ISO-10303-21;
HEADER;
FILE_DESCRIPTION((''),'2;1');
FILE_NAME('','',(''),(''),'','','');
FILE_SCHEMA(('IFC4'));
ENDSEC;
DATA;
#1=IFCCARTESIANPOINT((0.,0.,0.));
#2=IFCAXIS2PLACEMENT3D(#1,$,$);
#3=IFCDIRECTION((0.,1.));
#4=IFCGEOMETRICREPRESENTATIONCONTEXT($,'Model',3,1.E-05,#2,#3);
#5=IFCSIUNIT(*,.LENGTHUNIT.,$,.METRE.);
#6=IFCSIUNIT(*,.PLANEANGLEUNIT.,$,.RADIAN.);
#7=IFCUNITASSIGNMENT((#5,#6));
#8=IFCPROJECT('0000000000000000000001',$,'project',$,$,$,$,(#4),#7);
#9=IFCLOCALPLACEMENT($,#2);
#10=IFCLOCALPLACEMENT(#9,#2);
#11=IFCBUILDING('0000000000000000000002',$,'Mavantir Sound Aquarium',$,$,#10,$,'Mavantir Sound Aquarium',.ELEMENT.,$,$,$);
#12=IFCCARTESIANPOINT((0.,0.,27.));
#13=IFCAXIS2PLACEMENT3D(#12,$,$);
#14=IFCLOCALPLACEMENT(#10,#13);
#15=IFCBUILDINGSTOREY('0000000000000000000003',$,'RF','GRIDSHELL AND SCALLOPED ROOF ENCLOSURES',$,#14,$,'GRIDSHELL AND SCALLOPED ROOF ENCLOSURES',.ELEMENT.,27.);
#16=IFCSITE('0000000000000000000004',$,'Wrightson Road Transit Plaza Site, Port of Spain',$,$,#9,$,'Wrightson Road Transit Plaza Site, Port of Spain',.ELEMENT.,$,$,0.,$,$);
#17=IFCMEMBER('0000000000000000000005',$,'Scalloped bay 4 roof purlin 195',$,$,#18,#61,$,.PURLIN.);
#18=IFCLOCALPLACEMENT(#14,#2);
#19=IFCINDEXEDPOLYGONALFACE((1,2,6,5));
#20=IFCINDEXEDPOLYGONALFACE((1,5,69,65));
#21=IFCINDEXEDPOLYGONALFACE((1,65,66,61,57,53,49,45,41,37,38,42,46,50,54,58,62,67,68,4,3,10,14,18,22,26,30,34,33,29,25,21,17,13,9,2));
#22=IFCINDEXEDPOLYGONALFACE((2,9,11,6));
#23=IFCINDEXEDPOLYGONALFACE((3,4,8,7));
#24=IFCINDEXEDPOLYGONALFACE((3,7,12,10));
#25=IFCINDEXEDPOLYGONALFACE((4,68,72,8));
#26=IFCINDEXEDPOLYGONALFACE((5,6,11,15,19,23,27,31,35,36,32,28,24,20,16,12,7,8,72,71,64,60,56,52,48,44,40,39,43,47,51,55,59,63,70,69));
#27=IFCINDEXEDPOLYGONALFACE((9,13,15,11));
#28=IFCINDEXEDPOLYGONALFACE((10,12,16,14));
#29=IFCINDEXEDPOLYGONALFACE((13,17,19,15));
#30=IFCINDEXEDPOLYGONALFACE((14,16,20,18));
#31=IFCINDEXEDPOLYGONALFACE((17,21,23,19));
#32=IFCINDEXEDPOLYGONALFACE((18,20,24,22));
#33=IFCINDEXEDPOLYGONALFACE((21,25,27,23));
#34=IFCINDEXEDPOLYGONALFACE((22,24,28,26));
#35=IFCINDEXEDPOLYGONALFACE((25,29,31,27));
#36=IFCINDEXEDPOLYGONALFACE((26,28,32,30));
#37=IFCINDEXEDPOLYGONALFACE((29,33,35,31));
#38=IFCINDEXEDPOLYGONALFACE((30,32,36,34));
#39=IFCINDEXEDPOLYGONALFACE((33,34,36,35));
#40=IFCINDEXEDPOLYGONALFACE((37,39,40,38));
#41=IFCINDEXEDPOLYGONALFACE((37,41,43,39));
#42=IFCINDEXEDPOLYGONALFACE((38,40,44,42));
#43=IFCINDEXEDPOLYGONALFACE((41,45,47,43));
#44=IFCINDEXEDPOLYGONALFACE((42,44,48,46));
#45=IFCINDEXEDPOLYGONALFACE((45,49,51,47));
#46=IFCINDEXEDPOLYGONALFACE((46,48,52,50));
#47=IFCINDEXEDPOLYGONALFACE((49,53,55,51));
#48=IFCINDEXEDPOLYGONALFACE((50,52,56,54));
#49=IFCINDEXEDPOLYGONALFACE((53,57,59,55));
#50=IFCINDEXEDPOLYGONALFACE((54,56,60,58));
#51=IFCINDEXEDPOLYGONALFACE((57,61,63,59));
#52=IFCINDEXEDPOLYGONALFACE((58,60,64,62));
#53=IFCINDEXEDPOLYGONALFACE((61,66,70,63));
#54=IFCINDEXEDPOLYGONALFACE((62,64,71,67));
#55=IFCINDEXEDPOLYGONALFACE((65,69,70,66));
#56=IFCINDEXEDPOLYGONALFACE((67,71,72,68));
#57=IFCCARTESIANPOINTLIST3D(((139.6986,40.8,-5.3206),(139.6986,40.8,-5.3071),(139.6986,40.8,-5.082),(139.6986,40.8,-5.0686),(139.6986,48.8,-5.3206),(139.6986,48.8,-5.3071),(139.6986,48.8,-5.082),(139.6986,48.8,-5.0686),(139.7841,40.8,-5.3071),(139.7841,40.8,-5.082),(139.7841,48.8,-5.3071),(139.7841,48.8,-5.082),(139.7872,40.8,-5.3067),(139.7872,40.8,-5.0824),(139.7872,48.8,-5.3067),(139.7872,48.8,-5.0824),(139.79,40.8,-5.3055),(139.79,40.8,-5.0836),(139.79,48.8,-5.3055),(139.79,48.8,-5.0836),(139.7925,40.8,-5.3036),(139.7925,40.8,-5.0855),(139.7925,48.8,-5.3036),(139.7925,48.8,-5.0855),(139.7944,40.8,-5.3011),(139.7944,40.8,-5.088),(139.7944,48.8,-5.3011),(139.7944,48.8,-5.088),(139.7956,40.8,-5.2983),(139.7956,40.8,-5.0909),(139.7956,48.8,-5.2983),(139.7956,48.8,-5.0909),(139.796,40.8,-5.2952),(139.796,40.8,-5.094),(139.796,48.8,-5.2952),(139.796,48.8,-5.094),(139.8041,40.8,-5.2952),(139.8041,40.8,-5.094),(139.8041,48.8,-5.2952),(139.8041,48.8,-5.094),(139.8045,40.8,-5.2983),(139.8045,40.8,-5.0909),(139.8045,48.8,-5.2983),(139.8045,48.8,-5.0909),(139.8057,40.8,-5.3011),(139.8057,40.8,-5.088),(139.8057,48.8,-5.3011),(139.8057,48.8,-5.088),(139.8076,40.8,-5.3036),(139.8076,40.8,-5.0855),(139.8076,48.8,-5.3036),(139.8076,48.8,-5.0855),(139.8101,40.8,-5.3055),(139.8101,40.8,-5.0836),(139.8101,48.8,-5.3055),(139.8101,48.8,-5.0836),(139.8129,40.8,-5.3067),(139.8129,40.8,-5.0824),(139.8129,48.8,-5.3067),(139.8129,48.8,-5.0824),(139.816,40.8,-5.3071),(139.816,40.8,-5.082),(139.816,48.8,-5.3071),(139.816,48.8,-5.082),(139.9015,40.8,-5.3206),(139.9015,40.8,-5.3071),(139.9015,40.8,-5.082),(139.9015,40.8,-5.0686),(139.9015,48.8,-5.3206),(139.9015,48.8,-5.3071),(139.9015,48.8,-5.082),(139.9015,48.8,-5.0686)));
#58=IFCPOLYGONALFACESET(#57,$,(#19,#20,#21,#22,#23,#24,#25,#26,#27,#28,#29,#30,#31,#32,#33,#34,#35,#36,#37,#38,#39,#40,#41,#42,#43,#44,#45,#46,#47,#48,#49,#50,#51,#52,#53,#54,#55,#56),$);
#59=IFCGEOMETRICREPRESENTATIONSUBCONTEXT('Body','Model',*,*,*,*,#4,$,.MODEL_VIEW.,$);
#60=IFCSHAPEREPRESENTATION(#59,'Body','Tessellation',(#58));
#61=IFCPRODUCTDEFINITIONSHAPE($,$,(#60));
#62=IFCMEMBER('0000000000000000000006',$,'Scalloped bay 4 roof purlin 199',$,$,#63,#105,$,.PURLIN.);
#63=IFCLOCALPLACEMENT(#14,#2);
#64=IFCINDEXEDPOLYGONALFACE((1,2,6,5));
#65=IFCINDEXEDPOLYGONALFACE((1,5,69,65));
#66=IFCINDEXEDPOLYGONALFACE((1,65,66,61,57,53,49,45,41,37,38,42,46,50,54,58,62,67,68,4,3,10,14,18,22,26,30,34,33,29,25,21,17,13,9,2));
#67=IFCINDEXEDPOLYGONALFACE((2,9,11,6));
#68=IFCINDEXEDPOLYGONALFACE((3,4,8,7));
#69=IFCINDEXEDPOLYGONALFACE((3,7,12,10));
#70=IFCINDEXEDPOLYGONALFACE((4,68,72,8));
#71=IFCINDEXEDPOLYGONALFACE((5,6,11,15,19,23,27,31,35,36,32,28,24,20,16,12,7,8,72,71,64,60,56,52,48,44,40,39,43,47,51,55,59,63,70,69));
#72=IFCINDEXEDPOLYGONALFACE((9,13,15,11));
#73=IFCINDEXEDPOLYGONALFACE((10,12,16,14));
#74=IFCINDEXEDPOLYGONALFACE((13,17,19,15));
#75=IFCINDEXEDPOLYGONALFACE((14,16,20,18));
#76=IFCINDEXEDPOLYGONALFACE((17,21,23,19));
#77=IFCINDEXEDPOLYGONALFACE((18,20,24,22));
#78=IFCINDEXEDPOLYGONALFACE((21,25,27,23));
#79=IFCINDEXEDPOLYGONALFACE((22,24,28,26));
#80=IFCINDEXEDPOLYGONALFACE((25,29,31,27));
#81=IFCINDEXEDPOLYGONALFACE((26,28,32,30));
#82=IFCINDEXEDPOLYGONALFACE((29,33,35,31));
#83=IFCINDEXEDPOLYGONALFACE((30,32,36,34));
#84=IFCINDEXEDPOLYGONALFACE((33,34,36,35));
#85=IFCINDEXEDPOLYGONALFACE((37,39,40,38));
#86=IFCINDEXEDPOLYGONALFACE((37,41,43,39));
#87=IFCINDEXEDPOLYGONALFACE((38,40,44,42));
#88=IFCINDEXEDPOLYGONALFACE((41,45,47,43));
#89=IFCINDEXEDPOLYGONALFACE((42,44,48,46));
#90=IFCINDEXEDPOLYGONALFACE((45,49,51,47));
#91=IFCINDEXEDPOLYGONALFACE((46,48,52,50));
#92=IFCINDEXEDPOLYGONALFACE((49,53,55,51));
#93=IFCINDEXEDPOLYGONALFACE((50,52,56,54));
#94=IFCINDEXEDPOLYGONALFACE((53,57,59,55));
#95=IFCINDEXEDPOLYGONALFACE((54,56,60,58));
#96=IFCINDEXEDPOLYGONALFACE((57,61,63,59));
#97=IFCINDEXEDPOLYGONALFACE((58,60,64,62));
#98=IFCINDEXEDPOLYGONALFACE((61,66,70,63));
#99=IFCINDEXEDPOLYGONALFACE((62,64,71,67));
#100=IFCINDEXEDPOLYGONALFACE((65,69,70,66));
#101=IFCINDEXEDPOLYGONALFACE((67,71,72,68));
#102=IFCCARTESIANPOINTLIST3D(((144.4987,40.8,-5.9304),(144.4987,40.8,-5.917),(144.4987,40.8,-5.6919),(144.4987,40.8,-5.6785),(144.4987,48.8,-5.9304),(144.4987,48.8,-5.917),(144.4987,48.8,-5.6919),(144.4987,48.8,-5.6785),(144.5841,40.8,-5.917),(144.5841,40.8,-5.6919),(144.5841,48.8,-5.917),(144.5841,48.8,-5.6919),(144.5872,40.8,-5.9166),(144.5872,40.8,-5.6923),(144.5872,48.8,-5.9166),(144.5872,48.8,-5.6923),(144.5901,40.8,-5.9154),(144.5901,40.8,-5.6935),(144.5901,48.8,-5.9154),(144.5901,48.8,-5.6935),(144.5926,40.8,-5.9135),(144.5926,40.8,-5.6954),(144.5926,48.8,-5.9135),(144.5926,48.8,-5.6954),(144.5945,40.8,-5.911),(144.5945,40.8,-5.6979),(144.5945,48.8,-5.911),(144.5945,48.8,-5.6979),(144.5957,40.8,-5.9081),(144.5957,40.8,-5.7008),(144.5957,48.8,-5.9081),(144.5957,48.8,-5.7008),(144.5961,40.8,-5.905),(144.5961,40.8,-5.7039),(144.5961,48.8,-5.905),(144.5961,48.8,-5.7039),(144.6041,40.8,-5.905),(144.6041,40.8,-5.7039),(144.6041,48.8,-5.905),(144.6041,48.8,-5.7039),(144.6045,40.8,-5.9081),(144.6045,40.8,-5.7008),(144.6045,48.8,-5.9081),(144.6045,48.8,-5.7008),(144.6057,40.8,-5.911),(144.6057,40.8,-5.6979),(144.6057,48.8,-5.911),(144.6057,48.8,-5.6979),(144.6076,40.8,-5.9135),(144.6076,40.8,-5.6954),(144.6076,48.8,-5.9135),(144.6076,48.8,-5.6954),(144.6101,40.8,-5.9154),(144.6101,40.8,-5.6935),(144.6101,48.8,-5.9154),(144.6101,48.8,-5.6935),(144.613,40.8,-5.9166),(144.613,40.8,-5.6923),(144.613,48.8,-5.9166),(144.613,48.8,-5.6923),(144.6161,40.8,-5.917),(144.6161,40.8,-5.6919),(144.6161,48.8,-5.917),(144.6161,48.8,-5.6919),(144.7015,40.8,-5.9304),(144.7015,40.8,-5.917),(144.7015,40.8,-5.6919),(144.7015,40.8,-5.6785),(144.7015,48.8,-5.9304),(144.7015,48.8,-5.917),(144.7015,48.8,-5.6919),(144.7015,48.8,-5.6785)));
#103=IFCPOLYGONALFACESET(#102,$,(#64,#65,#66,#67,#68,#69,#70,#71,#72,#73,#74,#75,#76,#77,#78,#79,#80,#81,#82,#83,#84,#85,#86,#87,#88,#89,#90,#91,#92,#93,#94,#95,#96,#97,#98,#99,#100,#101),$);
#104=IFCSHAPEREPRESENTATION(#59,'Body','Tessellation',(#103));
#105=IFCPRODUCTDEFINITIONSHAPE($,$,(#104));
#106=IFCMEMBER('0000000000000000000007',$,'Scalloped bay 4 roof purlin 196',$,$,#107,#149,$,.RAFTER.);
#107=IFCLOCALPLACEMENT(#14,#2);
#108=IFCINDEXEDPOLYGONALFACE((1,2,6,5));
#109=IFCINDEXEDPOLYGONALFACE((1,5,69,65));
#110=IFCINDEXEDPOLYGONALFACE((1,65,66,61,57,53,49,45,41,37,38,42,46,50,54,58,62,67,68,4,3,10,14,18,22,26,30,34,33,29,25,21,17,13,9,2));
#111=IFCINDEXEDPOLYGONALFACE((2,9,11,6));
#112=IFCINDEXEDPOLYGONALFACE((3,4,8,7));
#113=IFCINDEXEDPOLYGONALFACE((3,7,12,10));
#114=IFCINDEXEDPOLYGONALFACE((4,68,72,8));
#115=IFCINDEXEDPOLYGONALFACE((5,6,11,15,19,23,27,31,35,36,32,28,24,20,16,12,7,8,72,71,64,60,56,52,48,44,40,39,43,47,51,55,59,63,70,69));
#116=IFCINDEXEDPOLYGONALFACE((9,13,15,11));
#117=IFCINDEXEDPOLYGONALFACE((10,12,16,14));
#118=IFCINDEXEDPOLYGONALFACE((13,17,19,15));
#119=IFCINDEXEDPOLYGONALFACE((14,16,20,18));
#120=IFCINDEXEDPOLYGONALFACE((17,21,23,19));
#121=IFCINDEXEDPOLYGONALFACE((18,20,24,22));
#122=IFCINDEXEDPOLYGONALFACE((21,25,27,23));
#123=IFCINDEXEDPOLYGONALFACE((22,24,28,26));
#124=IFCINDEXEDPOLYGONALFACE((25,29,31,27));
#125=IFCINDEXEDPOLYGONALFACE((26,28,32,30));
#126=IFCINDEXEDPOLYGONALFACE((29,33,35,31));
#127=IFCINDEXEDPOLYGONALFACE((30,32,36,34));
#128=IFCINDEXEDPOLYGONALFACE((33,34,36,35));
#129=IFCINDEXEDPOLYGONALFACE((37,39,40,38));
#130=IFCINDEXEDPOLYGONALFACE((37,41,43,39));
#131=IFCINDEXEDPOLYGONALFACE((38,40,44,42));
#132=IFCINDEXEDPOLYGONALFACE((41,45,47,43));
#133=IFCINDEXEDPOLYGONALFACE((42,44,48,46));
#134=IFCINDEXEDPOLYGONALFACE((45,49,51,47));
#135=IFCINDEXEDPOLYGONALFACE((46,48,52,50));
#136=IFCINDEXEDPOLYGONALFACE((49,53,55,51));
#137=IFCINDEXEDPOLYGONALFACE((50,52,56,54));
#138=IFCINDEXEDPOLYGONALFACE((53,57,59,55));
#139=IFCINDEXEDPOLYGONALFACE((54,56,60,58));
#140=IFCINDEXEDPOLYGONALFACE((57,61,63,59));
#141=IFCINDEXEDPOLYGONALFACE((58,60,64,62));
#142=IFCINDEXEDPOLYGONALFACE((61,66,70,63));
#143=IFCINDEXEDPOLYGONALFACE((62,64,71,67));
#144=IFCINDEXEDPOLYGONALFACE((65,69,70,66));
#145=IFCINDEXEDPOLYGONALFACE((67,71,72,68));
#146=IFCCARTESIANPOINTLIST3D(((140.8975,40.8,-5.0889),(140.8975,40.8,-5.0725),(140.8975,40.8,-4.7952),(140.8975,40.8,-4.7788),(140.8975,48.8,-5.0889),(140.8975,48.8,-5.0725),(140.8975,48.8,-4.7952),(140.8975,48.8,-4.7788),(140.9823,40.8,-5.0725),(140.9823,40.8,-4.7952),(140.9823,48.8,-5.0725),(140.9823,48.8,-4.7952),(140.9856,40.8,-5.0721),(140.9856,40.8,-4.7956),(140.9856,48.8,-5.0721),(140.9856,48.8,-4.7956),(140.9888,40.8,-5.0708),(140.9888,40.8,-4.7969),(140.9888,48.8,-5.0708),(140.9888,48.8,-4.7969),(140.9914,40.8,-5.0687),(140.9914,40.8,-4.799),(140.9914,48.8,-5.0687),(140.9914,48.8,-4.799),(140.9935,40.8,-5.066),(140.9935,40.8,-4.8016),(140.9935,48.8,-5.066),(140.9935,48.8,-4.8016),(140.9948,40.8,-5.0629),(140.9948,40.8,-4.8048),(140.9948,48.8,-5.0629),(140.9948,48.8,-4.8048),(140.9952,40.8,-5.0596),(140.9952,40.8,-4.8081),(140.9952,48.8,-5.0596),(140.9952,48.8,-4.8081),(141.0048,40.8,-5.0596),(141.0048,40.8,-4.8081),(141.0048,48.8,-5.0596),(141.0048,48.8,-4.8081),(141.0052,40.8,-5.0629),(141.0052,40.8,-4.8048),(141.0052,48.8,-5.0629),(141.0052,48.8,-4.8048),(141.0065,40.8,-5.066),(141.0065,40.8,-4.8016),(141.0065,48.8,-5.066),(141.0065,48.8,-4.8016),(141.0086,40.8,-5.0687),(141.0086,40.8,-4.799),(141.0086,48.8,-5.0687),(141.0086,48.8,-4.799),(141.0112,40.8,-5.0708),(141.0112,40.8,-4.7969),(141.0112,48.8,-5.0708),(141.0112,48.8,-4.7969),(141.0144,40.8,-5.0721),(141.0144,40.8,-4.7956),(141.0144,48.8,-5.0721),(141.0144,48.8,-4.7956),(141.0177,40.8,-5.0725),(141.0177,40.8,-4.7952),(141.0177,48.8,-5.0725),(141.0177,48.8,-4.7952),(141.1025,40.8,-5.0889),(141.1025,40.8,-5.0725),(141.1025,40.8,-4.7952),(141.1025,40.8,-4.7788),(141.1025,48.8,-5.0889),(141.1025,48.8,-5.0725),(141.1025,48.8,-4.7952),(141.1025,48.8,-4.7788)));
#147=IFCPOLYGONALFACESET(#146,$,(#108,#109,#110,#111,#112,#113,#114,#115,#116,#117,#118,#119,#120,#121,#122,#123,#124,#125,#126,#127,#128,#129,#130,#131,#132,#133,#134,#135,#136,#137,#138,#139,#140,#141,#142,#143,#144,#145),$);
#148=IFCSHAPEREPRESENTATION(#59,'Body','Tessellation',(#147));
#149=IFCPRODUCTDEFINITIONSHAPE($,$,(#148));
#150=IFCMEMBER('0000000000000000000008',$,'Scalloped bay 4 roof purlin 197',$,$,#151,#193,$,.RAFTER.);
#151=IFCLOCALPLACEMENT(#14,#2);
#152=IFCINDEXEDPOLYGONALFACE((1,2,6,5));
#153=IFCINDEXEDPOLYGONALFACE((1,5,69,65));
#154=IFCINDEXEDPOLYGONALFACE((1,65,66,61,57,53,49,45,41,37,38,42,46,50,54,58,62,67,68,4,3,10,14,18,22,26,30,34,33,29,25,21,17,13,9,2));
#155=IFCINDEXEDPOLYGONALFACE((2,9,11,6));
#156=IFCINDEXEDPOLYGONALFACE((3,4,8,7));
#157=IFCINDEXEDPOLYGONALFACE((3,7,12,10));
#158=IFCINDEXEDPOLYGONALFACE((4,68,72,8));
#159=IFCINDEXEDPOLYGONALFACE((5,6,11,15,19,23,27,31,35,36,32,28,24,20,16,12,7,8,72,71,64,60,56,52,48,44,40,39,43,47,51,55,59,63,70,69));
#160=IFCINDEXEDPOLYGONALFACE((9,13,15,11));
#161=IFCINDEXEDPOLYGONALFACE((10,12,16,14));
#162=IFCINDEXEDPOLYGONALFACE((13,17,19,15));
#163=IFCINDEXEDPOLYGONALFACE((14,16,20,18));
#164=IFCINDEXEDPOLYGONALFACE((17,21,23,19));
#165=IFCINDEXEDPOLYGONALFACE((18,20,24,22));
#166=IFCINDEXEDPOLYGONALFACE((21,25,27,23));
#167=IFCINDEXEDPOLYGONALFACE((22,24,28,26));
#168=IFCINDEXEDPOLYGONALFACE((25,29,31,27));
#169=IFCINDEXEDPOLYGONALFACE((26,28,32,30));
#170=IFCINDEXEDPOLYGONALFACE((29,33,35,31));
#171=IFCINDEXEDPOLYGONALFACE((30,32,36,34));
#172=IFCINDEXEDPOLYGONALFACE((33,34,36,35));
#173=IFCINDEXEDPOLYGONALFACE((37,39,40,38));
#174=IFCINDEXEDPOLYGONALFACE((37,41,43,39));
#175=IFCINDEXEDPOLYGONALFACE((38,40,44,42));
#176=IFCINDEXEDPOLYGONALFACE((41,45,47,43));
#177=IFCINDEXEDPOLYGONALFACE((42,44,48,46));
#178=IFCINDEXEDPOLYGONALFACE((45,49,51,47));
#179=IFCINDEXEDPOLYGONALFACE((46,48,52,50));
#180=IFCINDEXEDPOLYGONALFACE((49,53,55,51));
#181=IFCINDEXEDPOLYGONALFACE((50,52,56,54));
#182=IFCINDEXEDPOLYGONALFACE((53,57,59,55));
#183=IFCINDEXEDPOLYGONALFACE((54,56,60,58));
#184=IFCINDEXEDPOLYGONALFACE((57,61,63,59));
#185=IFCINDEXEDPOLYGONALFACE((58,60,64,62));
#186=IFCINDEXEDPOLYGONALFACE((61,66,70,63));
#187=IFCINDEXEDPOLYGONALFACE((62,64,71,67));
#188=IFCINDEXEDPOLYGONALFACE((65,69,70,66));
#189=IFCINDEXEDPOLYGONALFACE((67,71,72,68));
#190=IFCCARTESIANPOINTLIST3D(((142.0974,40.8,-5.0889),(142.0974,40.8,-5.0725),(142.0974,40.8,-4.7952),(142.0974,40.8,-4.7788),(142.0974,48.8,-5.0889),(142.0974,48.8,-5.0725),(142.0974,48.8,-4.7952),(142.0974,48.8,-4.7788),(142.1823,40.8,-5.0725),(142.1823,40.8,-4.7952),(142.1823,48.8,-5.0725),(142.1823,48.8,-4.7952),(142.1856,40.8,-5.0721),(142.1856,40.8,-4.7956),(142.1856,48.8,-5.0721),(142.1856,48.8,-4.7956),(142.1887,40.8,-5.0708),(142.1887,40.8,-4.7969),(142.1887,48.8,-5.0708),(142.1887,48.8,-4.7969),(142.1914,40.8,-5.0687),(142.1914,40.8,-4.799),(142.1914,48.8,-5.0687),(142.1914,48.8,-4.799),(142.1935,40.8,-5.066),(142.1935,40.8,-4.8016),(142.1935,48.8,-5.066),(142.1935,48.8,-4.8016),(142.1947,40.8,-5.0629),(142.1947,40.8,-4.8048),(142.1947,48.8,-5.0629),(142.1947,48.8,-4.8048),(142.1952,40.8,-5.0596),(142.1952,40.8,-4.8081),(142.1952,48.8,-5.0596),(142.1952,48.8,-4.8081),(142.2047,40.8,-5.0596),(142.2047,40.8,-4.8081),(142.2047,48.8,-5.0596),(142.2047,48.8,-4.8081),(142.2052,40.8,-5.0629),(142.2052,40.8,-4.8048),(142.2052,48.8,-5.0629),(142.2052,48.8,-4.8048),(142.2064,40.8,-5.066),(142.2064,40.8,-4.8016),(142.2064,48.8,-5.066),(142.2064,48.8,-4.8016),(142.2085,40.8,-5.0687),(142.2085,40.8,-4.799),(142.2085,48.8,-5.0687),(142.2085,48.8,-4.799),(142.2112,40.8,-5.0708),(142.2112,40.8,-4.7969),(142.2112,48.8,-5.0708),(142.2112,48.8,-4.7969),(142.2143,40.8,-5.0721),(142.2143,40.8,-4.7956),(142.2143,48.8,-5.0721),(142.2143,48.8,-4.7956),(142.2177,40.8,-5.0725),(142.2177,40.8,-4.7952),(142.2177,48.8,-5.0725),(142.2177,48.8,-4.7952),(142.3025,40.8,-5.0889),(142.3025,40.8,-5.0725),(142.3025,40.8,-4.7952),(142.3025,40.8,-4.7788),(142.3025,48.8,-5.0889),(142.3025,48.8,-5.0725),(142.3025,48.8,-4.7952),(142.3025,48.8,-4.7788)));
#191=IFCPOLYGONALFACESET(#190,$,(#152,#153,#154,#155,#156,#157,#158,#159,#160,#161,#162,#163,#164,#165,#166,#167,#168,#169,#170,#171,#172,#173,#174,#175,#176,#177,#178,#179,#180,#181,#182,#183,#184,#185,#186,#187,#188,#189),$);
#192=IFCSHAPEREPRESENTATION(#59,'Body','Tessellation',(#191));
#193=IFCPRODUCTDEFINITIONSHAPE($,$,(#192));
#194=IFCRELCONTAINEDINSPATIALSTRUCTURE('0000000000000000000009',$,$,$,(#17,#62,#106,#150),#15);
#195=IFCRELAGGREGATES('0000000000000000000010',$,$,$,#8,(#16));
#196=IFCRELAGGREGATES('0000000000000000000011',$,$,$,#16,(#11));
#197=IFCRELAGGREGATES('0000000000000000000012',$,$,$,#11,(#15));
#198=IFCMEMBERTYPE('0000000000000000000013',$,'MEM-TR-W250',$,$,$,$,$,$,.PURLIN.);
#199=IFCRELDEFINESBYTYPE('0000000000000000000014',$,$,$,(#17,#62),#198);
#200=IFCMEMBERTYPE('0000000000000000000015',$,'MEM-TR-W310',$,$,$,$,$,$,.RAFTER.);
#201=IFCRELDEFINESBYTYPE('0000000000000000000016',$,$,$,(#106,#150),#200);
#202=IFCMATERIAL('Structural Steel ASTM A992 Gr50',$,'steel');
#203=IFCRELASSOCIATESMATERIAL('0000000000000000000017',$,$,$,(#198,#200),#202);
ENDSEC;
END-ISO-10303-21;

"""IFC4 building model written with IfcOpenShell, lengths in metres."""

from ifc_helpers import new_model, si_unit, direction, frame, origin, origin_2d, place, context, subcontext, project, spatial, i_section, extrude, material, material_profile, profile_set, type_object, element, save


model = new_model("IFC4")

# Units and contexts
model_context = context("Model", 3, precision=1e-05, world=origin(), true_north=direction((0.0, 1.0)))
body_context = subcontext(model_context, "Body", "Model", "MODEL_VIEW")
ifc_project = project(units=[si_unit("LENGTHUNIT", "METRE"), si_unit("PLANEANGLEUNIT", "RADIAN")], contexts=[model_context])

# Site, building, storey
site_placement = place(None, origin())
site = spatial("IfcSite", under=ifc_project, at=site_placement, Name="Wrightson Road Transit Plaza Site, Port of Spain", LongName="Wrightson Road Transit Plaza Site, Port of Spain", CompositionType="ELEMENT", RefElevation=0.0)
building_placement = place(site_placement, origin())
building = spatial("IfcBuilding", under=site, at=building_placement, Name="Mavantir Sound Aquarium", LongName="Mavantir Sound Aquarium", CompositionType="ELEMENT")
storey_placement = place(building_placement, frame((0.0, 0.0, 27.0)))
storey = spatial("IfcBuildingStorey", under=building, at=storey_placement, Name="RF", Description="GRIDSHELL AND SCALLOPED ROOF ENCLOSURES", LongName="GRIDSHELL AND SCALLOPED ROOF ENCLOSURES", CompositionType="ELEMENT", Elevation=27.0)

# Shared definitions
ifc_material_1 = material(Name="Structural Steel ASTM A992 Gr50", Category="steel")

# Members
ifc_material_profile_1 = material_profile(ifc_material_1, i_section(OverallWidth=0.2029, OverallDepth=0.252, WebThickness=0.0081, FlangeThickness=0.0134, FilletRadius=0.012, at=origin_2d()), Name="W250X58")
ifc_profile_set_1 = profile_set([ifc_material_profile_1], Name="Structural Steel ASTM A992 Gr50")
member_type_1 = type_object("IfcMemberType", Name="MEM-TR-W250", PredefinedType="PURLIN", material=ifc_profile_set_1)
for number, where, z_axis, x_axis, name in (
    (1, (139.8, 40.8, -5.1946), (0.0, 1.0, 0.0), (-1.0, 0.0, 0.0), "Scalloped bay 4 roof purlin 195"),
    (2, (144.6001, 40.8, -5.8044), (0.0, 1.0, 0.0), (-1.0, 0.0, 0.0), "Scalloped bay 4 roof purlin 199"),
):
    element("IfcMember", number, at=place(storey_placement, frame(where, z_axis=z_axis, x_axis=x_axis)), inside=storey, type_object=member_type_1, Name=name, PredefinedType="PURLIN", context=body_context, shape_type="SweptSolid", body=[
        extrude(i_section(OverallWidth=0.2029, OverallDepth=0.252, WebThickness=0.0081, FlangeThickness=0.0134, FilletRadius=0.012, at=origin_2d()), origin(), (0.0, 0.0, 1.0), 8.0),
    ])
ifc_material_profile_2 = material_profile(ifc_material_1, i_section(OverallWidth=0.2051, OverallDepth=0.3101, WebThickness=0.0095, FlangeThickness=0.0164, FilletRadius=0.0129, at=origin_2d()), Name="W310X74")
ifc_profile_set_2 = profile_set([ifc_material_profile_2], Name="Structural Steel ASTM A992 Gr50")
member_type_2 = type_object("IfcMemberType", Name="MEM-TR-W310", PredefinedType="RAFTER", material=ifc_profile_set_2)
for number, where, z_axis, x_axis, name in (
    (3, (141.0, 40.8, -4.9338), (0.0, 1.0, 0.0), (-1.0, 0.0, 0.0), "Scalloped bay 4 roof purlin 196"),
    (4, (142.2, 40.8, -4.9338), (0.0, 1.0, 0.0), (-1.0, 0.0, 0.0), "Scalloped bay 4 roof purlin 197"),
):
    element("IfcMember", number, at=place(storey_placement, frame(where, z_axis=z_axis, x_axis=x_axis)), inside=storey, type_object=member_type_2, Name=name, PredefinedType="RAFTER", context=body_context, shape_type="SweptSolid", body=[
        extrude(i_section(OverallWidth=0.2051, OverallDepth=0.3101, WebThickness=0.0095, FlangeThickness=0.0164, FilletRadius=0.0129, at=origin_2d()), origin(), (0.0, 0.0, 1.0), 8.0),
    ])

save(model, "model.ifc")
